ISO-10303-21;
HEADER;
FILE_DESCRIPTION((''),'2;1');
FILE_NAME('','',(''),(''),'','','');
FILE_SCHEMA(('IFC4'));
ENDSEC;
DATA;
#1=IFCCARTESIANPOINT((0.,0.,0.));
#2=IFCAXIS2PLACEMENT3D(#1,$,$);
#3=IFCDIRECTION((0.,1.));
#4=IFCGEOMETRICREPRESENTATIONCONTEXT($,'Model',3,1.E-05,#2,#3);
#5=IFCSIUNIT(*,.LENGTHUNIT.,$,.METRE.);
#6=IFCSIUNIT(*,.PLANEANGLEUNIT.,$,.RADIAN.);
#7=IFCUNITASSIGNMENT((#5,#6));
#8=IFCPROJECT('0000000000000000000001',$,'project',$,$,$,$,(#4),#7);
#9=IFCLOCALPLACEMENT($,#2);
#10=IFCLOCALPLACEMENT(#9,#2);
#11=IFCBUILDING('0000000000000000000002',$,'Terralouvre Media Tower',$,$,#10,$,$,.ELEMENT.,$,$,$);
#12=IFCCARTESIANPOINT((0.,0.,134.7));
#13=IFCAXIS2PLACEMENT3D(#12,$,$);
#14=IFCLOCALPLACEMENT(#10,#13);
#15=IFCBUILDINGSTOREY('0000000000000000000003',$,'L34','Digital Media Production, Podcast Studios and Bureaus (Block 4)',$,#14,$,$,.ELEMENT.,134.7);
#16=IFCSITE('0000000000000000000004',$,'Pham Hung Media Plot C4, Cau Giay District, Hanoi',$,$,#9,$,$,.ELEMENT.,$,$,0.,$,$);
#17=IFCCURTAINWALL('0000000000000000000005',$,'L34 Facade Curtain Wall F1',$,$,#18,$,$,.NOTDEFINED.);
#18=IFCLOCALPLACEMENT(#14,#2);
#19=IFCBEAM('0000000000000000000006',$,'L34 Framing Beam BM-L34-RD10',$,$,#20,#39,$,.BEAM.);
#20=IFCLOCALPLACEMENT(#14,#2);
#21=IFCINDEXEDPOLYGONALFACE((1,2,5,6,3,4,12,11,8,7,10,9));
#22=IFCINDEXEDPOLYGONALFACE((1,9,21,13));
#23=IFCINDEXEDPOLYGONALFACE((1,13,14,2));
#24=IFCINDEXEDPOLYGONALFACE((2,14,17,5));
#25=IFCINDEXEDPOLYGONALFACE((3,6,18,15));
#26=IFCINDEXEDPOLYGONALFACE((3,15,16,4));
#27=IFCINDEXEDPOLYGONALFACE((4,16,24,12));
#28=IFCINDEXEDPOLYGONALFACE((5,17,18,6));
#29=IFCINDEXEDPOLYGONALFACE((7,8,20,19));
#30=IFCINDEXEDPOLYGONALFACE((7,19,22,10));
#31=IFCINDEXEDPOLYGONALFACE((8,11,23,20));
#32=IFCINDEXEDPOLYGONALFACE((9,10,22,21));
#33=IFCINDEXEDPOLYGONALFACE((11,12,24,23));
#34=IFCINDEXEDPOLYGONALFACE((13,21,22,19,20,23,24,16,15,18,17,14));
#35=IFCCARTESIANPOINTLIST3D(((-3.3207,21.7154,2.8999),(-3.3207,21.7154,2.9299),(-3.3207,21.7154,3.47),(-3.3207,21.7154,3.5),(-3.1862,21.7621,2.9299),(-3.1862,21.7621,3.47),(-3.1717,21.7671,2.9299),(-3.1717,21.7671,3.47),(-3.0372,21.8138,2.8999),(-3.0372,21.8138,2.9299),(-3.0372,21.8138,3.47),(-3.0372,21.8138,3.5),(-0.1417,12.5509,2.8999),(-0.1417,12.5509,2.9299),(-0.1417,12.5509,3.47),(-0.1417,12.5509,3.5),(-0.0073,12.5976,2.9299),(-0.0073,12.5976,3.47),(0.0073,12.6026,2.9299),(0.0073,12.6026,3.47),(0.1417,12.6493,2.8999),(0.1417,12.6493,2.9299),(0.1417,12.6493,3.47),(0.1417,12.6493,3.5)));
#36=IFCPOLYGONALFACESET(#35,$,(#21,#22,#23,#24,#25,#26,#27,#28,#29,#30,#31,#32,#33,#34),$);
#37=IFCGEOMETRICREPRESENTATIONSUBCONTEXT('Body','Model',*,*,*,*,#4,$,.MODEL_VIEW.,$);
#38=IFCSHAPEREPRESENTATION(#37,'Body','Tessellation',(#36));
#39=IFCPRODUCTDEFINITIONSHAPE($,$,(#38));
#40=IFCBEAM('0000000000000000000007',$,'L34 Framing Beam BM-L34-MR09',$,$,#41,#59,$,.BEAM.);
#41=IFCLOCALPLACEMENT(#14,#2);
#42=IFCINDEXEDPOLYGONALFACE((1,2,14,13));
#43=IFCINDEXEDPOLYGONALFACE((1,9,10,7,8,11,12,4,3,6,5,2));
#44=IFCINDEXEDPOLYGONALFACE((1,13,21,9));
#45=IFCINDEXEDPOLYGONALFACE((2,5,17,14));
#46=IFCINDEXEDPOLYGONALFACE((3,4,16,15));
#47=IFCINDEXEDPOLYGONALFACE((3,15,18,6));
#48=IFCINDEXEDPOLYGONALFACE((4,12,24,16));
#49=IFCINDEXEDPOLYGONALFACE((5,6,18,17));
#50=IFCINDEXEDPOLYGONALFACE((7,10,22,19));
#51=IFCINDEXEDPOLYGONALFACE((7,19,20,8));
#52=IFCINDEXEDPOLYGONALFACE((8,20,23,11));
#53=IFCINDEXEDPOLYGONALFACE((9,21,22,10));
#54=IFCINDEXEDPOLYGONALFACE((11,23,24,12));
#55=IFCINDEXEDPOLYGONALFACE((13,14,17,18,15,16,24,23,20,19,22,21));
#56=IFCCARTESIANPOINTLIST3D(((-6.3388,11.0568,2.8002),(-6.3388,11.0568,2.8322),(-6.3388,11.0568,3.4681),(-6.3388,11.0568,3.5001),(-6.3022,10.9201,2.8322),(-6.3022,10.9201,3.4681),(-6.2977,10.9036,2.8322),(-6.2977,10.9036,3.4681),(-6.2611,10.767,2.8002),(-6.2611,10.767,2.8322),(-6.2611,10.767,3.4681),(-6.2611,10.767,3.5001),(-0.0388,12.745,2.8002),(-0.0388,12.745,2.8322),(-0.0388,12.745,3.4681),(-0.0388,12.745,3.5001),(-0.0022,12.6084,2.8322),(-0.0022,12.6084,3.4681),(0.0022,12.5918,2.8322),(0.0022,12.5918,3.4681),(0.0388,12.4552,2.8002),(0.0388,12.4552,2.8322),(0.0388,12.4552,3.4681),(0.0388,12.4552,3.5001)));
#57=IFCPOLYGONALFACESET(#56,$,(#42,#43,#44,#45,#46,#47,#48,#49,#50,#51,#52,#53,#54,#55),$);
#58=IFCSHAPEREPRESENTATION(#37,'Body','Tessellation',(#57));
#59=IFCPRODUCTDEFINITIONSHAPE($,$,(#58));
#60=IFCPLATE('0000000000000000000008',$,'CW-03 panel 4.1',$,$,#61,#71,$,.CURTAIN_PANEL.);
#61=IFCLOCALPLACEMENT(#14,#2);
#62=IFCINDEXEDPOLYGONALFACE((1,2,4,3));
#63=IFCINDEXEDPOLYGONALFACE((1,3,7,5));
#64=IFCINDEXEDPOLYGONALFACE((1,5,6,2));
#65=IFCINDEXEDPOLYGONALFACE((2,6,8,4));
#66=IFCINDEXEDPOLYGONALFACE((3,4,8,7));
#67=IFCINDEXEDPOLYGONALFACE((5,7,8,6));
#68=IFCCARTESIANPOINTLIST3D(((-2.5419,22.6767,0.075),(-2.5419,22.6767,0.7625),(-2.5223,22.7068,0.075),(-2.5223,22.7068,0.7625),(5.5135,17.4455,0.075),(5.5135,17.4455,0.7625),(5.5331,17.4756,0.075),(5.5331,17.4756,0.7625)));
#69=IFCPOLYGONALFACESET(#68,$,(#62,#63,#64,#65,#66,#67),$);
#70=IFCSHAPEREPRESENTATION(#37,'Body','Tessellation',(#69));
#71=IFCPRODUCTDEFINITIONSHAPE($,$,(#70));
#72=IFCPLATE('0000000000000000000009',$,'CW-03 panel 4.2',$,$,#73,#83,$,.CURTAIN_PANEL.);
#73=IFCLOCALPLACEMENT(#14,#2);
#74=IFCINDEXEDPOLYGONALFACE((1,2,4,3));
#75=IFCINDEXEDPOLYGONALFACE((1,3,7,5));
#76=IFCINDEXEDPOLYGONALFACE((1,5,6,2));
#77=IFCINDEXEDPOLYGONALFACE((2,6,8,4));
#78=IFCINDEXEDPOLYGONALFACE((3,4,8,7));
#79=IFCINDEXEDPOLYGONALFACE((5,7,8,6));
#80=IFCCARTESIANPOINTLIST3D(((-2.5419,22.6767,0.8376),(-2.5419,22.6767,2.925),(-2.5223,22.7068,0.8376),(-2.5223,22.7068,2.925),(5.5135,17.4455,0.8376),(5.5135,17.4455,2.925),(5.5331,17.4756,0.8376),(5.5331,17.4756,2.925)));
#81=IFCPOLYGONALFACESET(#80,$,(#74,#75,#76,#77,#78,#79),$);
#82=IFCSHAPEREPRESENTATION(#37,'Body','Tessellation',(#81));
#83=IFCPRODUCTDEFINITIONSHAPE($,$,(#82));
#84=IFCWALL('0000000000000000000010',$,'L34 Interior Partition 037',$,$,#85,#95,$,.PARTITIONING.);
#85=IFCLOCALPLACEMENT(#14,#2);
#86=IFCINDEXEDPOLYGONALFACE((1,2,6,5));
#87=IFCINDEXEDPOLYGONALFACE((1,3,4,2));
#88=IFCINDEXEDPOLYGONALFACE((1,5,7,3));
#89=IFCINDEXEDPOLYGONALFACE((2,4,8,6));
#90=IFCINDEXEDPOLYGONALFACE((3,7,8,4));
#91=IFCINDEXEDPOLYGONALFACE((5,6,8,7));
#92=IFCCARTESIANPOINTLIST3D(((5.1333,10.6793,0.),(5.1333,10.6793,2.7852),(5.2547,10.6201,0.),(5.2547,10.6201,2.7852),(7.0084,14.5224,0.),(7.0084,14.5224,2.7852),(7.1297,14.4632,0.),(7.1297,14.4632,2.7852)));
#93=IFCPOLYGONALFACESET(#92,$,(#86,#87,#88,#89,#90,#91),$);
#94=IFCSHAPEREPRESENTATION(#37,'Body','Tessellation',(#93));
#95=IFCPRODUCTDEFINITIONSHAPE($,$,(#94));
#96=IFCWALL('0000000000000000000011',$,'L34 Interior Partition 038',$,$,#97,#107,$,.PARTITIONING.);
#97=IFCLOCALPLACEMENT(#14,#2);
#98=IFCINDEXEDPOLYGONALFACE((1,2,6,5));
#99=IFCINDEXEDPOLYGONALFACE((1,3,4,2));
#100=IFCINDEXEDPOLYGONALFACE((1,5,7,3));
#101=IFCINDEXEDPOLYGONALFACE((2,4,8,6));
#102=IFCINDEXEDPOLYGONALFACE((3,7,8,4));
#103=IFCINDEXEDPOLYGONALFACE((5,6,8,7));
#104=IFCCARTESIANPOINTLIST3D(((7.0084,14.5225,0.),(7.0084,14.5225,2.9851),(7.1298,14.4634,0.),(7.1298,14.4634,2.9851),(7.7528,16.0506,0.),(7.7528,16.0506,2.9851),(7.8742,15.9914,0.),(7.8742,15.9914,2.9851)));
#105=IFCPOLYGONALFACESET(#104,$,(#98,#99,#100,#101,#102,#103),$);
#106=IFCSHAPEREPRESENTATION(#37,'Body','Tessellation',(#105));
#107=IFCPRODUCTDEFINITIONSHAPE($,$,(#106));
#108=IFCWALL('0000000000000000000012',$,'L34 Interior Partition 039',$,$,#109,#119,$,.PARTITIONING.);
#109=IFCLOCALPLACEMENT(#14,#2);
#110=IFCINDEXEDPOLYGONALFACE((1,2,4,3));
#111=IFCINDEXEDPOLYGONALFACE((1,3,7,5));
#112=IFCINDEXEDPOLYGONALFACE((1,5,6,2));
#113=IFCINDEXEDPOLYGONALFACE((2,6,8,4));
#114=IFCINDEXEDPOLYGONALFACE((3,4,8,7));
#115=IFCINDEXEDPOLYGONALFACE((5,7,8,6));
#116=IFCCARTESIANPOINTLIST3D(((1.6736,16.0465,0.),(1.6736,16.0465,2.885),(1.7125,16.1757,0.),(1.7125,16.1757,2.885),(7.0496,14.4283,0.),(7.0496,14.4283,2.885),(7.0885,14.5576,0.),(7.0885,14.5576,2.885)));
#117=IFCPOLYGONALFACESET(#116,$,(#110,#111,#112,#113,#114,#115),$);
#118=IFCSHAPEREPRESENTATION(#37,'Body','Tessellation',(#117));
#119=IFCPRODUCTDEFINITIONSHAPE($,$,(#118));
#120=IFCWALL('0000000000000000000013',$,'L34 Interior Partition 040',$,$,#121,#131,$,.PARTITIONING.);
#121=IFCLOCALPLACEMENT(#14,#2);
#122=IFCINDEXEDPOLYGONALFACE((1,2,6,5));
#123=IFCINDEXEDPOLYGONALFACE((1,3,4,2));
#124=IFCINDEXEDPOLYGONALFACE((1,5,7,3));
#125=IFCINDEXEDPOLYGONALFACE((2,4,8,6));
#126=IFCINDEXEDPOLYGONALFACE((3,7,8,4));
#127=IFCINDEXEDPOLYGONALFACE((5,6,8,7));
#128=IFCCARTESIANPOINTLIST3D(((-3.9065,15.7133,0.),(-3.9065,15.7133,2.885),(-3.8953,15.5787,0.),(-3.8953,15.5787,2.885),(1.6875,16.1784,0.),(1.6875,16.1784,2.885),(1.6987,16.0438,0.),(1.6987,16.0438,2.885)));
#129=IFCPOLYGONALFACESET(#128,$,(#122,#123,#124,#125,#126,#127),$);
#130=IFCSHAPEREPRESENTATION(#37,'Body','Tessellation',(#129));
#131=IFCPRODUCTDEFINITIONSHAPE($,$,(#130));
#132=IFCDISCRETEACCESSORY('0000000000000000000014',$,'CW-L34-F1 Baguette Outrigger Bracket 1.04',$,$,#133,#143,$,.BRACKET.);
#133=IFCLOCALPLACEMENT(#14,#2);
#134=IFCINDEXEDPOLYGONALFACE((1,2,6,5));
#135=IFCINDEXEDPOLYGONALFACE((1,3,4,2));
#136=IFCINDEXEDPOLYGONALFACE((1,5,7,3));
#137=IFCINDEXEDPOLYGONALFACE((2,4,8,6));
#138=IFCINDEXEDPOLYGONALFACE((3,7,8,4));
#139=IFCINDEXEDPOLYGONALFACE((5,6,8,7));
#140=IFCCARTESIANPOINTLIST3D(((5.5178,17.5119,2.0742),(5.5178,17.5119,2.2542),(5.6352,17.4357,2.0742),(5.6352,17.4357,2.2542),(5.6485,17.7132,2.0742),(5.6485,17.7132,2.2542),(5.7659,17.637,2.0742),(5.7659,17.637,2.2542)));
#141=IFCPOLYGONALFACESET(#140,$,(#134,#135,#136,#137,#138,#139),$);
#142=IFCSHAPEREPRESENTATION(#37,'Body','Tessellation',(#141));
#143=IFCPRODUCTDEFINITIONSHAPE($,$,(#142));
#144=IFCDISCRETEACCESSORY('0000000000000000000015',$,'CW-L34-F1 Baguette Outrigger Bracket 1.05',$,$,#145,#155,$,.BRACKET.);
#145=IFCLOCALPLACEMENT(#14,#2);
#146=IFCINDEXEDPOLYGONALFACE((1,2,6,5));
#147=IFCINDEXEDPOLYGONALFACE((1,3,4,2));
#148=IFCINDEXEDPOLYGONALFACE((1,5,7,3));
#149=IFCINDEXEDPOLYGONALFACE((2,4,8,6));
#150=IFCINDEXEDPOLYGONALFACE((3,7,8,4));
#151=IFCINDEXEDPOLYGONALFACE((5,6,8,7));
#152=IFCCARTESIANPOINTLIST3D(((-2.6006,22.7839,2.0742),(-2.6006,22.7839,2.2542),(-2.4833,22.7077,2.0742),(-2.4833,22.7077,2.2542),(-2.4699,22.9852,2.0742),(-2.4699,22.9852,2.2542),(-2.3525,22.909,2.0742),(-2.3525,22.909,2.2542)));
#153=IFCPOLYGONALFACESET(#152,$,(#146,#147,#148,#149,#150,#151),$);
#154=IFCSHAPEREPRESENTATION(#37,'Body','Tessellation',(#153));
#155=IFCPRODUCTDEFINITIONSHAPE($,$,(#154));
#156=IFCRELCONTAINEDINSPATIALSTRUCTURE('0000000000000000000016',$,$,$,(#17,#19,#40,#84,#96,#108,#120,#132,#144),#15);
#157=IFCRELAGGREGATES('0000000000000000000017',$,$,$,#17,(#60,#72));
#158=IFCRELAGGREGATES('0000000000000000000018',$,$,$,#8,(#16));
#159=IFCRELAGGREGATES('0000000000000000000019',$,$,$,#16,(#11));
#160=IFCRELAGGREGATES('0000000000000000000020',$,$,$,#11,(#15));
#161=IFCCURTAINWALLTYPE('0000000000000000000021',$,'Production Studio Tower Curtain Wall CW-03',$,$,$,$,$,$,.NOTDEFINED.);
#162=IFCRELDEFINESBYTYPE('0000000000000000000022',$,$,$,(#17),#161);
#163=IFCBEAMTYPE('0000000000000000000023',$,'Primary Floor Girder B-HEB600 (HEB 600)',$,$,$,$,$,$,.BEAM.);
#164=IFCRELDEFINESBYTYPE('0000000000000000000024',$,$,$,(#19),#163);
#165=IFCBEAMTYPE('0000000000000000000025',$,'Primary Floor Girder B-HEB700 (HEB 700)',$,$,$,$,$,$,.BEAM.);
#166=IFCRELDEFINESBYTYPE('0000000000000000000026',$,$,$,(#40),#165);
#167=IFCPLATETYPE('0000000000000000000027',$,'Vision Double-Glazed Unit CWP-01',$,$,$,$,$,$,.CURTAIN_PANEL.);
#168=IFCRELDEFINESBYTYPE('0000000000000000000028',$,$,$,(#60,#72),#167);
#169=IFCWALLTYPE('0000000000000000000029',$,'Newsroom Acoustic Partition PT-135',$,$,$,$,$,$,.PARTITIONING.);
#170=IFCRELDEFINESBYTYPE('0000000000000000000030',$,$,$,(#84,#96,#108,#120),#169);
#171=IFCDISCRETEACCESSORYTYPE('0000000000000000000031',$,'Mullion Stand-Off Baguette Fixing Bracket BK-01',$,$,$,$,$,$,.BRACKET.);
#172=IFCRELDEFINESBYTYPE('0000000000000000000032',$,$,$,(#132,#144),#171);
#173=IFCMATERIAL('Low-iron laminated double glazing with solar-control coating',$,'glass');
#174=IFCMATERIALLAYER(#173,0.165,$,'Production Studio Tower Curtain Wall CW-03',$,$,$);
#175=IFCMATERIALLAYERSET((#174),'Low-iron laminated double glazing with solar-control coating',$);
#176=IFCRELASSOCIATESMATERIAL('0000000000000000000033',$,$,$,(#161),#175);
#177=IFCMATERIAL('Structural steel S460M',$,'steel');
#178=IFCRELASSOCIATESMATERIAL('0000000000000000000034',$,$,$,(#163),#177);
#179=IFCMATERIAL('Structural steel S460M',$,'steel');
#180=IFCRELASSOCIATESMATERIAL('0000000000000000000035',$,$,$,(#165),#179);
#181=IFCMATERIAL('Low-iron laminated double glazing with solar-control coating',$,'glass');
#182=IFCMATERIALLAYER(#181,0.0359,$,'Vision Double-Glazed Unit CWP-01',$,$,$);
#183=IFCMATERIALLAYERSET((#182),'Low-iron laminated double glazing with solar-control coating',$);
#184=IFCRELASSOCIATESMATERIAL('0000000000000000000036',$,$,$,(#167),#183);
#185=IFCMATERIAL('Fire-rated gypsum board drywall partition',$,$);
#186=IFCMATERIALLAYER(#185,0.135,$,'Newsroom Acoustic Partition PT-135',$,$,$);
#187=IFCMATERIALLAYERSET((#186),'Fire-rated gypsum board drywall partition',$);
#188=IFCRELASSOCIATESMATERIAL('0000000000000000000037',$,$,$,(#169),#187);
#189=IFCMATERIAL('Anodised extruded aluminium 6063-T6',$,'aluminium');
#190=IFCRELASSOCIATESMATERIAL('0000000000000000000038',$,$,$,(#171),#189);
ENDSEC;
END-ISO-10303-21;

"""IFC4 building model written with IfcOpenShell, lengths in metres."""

from ifc_helpers import new_model, si_unit, direction, frame, frame_2d, origin, origin_2d, place, context, subcontext, project, spatial, rectangle, i_section, extrude, material, layer, layer_set, material_profile, profile_set, type_object, element, aggregate, save


model = new_model("IFC4")

# Units and contexts
model_context = context("Model", 3, precision=1e-05, world=origin(), true_north=direction((0.0, 1.0)))
body_context = subcontext(model_context, "Body", "Model", "MODEL_VIEW")
ifc_project = project(units=[si_unit("LENGTHUNIT", "METRE"), si_unit("PLANEANGLEUNIT", "RADIAN")], contexts=[model_context])

# Site, building, storey
site_placement = place(None, origin())
site = spatial("IfcSite", under=ifc_project, at=site_placement, Name="Pham Hung Media Plot C4, Cau Giay District, Hanoi", CompositionType="ELEMENT", RefElevation=0.0)
building_placement = place(site_placement, origin())
building = spatial("IfcBuilding", under=site, at=building_placement, Name="Terralouvre Media Tower", CompositionType="ELEMENT")
storey_placement = place(building_placement, frame((0.0, 0.0, 134.7)))
storey = spatial("IfcBuildingStorey", under=building, at=storey_placement, Name="L34", Description="Digital Media Production, Podcast Studios and Bureaus (Block 4)", CompositionType="ELEMENT", Elevation=134.7)

# Curtain wall
ifc_material_1 = material(Name="Low-iron laminated double glazing with solar-control coating", Category="glass")
ifc_layer_1 = layer(ifc_material_1, 0.165, Name="Production Studio Tower Curtain Wall CW-03")
ifc_layer_set_1 = layer_set([ifc_layer_1], Name="Low-iron laminated double glazing with solar-control coating")
curtain_wall_type = type_object("IfcCurtainWallType", Name="Production Studio Tower Curtain Wall CW-03", PredefinedType="NOTDEFINED", material=ifc_layer_set_1)
curtain_wall_placement = place(storey_placement, origin())
curtain_wall = element("IfcCurtainWall", 1, at=curtain_wall_placement, inside=storey, type_object=curtain_wall_type, Name="L34 Facade Curtain Wall F1", PredefinedType="NOTDEFINED")

# Beams
ifc_material_2 = material(Name="Structural steel S460M", Category="steel")
ifc_material_profile_1 = material_profile(ifc_material_2, i_section(OverallWidth=0.3, OverallDepth=0.6001, WebThickness=0.0154, FlangeThickness=0.03, at=origin_2d()), Name="HEB 600")
ifc_profile_set_1 = profile_set([ifc_material_profile_1], Name="Structural steel S460M")
beam_type_1 = type_object("IfcBeamType", Name="Primary Floor Girder B-HEB600 (HEB 600)", PredefinedType="BEAM", material=ifc_profile_set_1)
beam_1_placement = place(storey_placement, frame((0.0, 12.6001, 3.2), z_axis=(-0.327719, 0.944775, 0.0), x_axis=(-0.944775, -0.327719, 0.0)))
element("IfcBeam", 2, at=beam_1_placement, inside=storey, type_object=beam_type_1, Name="L34 Framing Beam BM-L34-RD10", PredefinedType="BEAM", context=body_context, shape_type="SweptSolid", body=[
    extrude(i_section(OverallWidth=0.3, OverallDepth=0.6001, WebThickness=0.0154, FlangeThickness=0.03, at=origin_2d()), origin(), (0.0, 0.0, 1.0), 9.7002),
])
ifc_material_3 = material(Name="Structural steel S460M", Category="steel")
ifc_material_profile_2 = material_profile(ifc_material_3, i_section(OverallWidth=0.3, OverallDepth=0.7, WebThickness=0.0171, FlangeThickness=0.032, at=origin_2d()), Name="HEB 700")
ifc_profile_set_2 = profile_set([ifc_material_profile_2], Name="Structural steel S460M")
beam_type_2 = type_object("IfcBeamType", Name="Primary Floor Girder B-HEB700 (HEB 700)", PredefinedType="BEAM", material=ifc_profile_set_2)
beam_2_placement = place(storey_placement, frame((0.0, 12.6001, 3.1501), z_axis=(-0.96592, -0.258839, 0.0), x_axis=(0.258839, -0.96592, 0.0)))
element("IfcBeam", 3, at=beam_2_placement, inside=storey, type_object=beam_type_2, Name="L34 Framing Beam BM-L34-MR09", PredefinedType="BEAM", context=body_context, shape_type="SweptSolid", body=[
    extrude(i_section(OverallWidth=0.3, OverallDepth=0.7, WebThickness=0.0171, FlangeThickness=0.032, at=origin_2d()), origin(), (0.0, 0.0, 1.0), 6.5222),
])

# Plates
ifc_material_4 = material(Name="Low-iron laminated double glazing with solar-control coating", Category="glass")
ifc_layer_2 = layer(ifc_material_4, 0.0359, Name="Vision Double-Glazed Unit CWP-01")
ifc_layer_set_2 = layer_set([ifc_layer_2], Name="Low-iron laminated double glazing with solar-control coating")
plate_type = type_object("IfcPlateType", Name="Vision Double-Glazed Unit CWP-01", PredefinedType="CURTAIN_PANEL", material=ifc_layer_set_2)
plate_1_placement = place(storey_placement, frame((1.4956, 20.0762, 0.075), z_axis=(0.0, 0.0, 1.0), x_axis=(-0.838671, 0.544639, 0.0)))
plate_1 = element("IfcPlate", 4, at=plate_1_placement, type_object=plate_type, Name="CW-03 panel 4.1", PredefinedType="CURTAIN_PANEL", context=body_context, shape_type="SweptSolid", body=[
    extrude(rectangle(XDim=9.605, YDim=0.0359, at=origin_2d()), origin(), (0.0, 0.0, 1.0), 0.6875),
])
plate_2_placement = place(storey_placement, frame((1.4956, 20.0762, 0.8376), z_axis=(0.0, 0.0, 1.0), x_axis=(-0.838671, 0.544639, 0.0)))
plate_2 = element("IfcPlate", 5, at=plate_2_placement, type_object=plate_type, Name="CW-03 panel 4.2", PredefinedType="CURTAIN_PANEL", context=body_context, shape_type="SweptSolid", body=[
    extrude(rectangle(XDim=9.605, YDim=0.0359, at=origin_2d()), origin(), (0.0, 0.0, 1.0), 2.0874),
])
aggregate(curtain_wall, [plate_1, plate_2])

# Walls
ifc_material_5 = material(Name="Fire-rated gypsum board drywall partition")
ifc_layer_3 = layer(ifc_material_5, 0.135, Name="Newsroom Acoustic Partition PT-135")
ifc_layer_set_3 = layer_set([ifc_layer_3], Name="Fire-rated gypsum board drywall partition")
wall_type = type_object("IfcWallType", Name="Newsroom Acoustic Partition PT-135", PredefinedType="PARTITIONING", material=ifc_layer_set_3)
wall_1_placement = place(storey_placement, frame((7.0691, 14.4929, 0.0), z_axis=(0.0, 0.0, 1.0), x_axis=(-0.438491, -0.898736, 0.0)))
element("IfcWall", 6, at=wall_1_placement, inside=storey, type_object=wall_type, Name="L34 Interior Partition 037", PredefinedType="PARTITIONING", context=body_context, shape_type="SweptSolid", body=[
    extrude(rectangle(XDim=4.2761, YDim=0.135, at=frame_2d((2.1382, 0.0))), origin(), (0.0, 0.0, 1.0), 2.7852),
])
wall_2_placement = place(storey_placement, frame((7.8135, 16.021, 0.0), z_axis=(0.0, 0.0, 1.0), x_axis=(-0.43794, -0.899004, 0.0)))
element("IfcWall", 7, at=wall_2_placement, inside=storey, type_object=wall_type, Name="L34 Interior Partition 038", PredefinedType="PARTITIONING", context=body_context, shape_type="SweptSolid", body=[
    extrude(rectangle(XDim=1.6997, YDim=0.135, at=frame_2d((0.8499, 0.0))), origin(), (0.0, 0.0, 1.0), 2.9851),
])
wall_3_placement = place(storey_placement, frame((7.0691, 14.4929, 0.0), z_axis=(0.0, 0.0, 1.0), x_axis=(-0.957563, 0.288225, 0.0)))
element("IfcWall", 8, at=wall_3_placement, inside=storey, type_object=wall_type, Name="L34 Interior Partition 039", PredefinedType="PARTITIONING", context=body_context, shape_type="SweptSolid", body=[
    extrude(rectangle(XDim=5.6143, YDim=0.135, at=frame_2d((2.8071, 0.0))), origin(), (0.0, 0.0, 1.0), 2.885),
])
wall_4_placement = place(storey_placement, frame((1.6931, 16.1111, 0.0), z_axis=(0.0, 0.0, 1.0), x_axis=(-0.996562, -0.082855, 0.0)))
element("IfcWall", 9, at=wall_4_placement, inside=storey, type_object=wall_type, Name="L34 Interior Partition 040", PredefinedType="PARTITIONING", context=body_context, shape_type="SweptSolid", body=[
    extrude(rectangle(XDim=5.6133, YDim=0.135, at=frame_2d((2.8066, 0.0))), origin(), (0.0, 0.0, 1.0), 2.885),
])

# Discrete accessories
ifc_material_6 = material(Name="Anodised extruded aluminium 6063-T6", Category="aluminium")
discrete_accessory_type = type_object("IfcDiscreteAccessoryType", Name="Mullion Stand-Off Baguette Fixing Bracket BK-01", PredefinedType="BRACKET", material=ifc_material_6)
for number, where, z_axis, x_axis, name in (
    (10, (5.6418, 17.5745, 2.0742), (0.0, 0.0, 1.0), (-0.838671, 0.544639, 0.0), "CW-L34-F1 Baguette Outrigger Bracket 1.04"),
    (11, (-2.4766, 22.8464, 2.0742), (0.0, 0.0, 1.0), (-0.838671, 0.544639, 0.0), "CW-L34-F1 Baguette Outrigger Bracket 1.05"),
):
    element("IfcDiscreteAccessory", number, at=place(storey_placement, frame(where, z_axis=z_axis, x_axis=x_axis)), inside=storey, type_object=discrete_accessory_type, Name=name, PredefinedType="BRACKET", context=body_context, shape_type="SweptSolid", body=[
        extrude(rectangle(XDim=0.1399, YDim=0.24, at=origin_2d()), origin(), (0.0, 0.0, 1.0), 0.1799),
    ])

save(model, "model.ifc")
